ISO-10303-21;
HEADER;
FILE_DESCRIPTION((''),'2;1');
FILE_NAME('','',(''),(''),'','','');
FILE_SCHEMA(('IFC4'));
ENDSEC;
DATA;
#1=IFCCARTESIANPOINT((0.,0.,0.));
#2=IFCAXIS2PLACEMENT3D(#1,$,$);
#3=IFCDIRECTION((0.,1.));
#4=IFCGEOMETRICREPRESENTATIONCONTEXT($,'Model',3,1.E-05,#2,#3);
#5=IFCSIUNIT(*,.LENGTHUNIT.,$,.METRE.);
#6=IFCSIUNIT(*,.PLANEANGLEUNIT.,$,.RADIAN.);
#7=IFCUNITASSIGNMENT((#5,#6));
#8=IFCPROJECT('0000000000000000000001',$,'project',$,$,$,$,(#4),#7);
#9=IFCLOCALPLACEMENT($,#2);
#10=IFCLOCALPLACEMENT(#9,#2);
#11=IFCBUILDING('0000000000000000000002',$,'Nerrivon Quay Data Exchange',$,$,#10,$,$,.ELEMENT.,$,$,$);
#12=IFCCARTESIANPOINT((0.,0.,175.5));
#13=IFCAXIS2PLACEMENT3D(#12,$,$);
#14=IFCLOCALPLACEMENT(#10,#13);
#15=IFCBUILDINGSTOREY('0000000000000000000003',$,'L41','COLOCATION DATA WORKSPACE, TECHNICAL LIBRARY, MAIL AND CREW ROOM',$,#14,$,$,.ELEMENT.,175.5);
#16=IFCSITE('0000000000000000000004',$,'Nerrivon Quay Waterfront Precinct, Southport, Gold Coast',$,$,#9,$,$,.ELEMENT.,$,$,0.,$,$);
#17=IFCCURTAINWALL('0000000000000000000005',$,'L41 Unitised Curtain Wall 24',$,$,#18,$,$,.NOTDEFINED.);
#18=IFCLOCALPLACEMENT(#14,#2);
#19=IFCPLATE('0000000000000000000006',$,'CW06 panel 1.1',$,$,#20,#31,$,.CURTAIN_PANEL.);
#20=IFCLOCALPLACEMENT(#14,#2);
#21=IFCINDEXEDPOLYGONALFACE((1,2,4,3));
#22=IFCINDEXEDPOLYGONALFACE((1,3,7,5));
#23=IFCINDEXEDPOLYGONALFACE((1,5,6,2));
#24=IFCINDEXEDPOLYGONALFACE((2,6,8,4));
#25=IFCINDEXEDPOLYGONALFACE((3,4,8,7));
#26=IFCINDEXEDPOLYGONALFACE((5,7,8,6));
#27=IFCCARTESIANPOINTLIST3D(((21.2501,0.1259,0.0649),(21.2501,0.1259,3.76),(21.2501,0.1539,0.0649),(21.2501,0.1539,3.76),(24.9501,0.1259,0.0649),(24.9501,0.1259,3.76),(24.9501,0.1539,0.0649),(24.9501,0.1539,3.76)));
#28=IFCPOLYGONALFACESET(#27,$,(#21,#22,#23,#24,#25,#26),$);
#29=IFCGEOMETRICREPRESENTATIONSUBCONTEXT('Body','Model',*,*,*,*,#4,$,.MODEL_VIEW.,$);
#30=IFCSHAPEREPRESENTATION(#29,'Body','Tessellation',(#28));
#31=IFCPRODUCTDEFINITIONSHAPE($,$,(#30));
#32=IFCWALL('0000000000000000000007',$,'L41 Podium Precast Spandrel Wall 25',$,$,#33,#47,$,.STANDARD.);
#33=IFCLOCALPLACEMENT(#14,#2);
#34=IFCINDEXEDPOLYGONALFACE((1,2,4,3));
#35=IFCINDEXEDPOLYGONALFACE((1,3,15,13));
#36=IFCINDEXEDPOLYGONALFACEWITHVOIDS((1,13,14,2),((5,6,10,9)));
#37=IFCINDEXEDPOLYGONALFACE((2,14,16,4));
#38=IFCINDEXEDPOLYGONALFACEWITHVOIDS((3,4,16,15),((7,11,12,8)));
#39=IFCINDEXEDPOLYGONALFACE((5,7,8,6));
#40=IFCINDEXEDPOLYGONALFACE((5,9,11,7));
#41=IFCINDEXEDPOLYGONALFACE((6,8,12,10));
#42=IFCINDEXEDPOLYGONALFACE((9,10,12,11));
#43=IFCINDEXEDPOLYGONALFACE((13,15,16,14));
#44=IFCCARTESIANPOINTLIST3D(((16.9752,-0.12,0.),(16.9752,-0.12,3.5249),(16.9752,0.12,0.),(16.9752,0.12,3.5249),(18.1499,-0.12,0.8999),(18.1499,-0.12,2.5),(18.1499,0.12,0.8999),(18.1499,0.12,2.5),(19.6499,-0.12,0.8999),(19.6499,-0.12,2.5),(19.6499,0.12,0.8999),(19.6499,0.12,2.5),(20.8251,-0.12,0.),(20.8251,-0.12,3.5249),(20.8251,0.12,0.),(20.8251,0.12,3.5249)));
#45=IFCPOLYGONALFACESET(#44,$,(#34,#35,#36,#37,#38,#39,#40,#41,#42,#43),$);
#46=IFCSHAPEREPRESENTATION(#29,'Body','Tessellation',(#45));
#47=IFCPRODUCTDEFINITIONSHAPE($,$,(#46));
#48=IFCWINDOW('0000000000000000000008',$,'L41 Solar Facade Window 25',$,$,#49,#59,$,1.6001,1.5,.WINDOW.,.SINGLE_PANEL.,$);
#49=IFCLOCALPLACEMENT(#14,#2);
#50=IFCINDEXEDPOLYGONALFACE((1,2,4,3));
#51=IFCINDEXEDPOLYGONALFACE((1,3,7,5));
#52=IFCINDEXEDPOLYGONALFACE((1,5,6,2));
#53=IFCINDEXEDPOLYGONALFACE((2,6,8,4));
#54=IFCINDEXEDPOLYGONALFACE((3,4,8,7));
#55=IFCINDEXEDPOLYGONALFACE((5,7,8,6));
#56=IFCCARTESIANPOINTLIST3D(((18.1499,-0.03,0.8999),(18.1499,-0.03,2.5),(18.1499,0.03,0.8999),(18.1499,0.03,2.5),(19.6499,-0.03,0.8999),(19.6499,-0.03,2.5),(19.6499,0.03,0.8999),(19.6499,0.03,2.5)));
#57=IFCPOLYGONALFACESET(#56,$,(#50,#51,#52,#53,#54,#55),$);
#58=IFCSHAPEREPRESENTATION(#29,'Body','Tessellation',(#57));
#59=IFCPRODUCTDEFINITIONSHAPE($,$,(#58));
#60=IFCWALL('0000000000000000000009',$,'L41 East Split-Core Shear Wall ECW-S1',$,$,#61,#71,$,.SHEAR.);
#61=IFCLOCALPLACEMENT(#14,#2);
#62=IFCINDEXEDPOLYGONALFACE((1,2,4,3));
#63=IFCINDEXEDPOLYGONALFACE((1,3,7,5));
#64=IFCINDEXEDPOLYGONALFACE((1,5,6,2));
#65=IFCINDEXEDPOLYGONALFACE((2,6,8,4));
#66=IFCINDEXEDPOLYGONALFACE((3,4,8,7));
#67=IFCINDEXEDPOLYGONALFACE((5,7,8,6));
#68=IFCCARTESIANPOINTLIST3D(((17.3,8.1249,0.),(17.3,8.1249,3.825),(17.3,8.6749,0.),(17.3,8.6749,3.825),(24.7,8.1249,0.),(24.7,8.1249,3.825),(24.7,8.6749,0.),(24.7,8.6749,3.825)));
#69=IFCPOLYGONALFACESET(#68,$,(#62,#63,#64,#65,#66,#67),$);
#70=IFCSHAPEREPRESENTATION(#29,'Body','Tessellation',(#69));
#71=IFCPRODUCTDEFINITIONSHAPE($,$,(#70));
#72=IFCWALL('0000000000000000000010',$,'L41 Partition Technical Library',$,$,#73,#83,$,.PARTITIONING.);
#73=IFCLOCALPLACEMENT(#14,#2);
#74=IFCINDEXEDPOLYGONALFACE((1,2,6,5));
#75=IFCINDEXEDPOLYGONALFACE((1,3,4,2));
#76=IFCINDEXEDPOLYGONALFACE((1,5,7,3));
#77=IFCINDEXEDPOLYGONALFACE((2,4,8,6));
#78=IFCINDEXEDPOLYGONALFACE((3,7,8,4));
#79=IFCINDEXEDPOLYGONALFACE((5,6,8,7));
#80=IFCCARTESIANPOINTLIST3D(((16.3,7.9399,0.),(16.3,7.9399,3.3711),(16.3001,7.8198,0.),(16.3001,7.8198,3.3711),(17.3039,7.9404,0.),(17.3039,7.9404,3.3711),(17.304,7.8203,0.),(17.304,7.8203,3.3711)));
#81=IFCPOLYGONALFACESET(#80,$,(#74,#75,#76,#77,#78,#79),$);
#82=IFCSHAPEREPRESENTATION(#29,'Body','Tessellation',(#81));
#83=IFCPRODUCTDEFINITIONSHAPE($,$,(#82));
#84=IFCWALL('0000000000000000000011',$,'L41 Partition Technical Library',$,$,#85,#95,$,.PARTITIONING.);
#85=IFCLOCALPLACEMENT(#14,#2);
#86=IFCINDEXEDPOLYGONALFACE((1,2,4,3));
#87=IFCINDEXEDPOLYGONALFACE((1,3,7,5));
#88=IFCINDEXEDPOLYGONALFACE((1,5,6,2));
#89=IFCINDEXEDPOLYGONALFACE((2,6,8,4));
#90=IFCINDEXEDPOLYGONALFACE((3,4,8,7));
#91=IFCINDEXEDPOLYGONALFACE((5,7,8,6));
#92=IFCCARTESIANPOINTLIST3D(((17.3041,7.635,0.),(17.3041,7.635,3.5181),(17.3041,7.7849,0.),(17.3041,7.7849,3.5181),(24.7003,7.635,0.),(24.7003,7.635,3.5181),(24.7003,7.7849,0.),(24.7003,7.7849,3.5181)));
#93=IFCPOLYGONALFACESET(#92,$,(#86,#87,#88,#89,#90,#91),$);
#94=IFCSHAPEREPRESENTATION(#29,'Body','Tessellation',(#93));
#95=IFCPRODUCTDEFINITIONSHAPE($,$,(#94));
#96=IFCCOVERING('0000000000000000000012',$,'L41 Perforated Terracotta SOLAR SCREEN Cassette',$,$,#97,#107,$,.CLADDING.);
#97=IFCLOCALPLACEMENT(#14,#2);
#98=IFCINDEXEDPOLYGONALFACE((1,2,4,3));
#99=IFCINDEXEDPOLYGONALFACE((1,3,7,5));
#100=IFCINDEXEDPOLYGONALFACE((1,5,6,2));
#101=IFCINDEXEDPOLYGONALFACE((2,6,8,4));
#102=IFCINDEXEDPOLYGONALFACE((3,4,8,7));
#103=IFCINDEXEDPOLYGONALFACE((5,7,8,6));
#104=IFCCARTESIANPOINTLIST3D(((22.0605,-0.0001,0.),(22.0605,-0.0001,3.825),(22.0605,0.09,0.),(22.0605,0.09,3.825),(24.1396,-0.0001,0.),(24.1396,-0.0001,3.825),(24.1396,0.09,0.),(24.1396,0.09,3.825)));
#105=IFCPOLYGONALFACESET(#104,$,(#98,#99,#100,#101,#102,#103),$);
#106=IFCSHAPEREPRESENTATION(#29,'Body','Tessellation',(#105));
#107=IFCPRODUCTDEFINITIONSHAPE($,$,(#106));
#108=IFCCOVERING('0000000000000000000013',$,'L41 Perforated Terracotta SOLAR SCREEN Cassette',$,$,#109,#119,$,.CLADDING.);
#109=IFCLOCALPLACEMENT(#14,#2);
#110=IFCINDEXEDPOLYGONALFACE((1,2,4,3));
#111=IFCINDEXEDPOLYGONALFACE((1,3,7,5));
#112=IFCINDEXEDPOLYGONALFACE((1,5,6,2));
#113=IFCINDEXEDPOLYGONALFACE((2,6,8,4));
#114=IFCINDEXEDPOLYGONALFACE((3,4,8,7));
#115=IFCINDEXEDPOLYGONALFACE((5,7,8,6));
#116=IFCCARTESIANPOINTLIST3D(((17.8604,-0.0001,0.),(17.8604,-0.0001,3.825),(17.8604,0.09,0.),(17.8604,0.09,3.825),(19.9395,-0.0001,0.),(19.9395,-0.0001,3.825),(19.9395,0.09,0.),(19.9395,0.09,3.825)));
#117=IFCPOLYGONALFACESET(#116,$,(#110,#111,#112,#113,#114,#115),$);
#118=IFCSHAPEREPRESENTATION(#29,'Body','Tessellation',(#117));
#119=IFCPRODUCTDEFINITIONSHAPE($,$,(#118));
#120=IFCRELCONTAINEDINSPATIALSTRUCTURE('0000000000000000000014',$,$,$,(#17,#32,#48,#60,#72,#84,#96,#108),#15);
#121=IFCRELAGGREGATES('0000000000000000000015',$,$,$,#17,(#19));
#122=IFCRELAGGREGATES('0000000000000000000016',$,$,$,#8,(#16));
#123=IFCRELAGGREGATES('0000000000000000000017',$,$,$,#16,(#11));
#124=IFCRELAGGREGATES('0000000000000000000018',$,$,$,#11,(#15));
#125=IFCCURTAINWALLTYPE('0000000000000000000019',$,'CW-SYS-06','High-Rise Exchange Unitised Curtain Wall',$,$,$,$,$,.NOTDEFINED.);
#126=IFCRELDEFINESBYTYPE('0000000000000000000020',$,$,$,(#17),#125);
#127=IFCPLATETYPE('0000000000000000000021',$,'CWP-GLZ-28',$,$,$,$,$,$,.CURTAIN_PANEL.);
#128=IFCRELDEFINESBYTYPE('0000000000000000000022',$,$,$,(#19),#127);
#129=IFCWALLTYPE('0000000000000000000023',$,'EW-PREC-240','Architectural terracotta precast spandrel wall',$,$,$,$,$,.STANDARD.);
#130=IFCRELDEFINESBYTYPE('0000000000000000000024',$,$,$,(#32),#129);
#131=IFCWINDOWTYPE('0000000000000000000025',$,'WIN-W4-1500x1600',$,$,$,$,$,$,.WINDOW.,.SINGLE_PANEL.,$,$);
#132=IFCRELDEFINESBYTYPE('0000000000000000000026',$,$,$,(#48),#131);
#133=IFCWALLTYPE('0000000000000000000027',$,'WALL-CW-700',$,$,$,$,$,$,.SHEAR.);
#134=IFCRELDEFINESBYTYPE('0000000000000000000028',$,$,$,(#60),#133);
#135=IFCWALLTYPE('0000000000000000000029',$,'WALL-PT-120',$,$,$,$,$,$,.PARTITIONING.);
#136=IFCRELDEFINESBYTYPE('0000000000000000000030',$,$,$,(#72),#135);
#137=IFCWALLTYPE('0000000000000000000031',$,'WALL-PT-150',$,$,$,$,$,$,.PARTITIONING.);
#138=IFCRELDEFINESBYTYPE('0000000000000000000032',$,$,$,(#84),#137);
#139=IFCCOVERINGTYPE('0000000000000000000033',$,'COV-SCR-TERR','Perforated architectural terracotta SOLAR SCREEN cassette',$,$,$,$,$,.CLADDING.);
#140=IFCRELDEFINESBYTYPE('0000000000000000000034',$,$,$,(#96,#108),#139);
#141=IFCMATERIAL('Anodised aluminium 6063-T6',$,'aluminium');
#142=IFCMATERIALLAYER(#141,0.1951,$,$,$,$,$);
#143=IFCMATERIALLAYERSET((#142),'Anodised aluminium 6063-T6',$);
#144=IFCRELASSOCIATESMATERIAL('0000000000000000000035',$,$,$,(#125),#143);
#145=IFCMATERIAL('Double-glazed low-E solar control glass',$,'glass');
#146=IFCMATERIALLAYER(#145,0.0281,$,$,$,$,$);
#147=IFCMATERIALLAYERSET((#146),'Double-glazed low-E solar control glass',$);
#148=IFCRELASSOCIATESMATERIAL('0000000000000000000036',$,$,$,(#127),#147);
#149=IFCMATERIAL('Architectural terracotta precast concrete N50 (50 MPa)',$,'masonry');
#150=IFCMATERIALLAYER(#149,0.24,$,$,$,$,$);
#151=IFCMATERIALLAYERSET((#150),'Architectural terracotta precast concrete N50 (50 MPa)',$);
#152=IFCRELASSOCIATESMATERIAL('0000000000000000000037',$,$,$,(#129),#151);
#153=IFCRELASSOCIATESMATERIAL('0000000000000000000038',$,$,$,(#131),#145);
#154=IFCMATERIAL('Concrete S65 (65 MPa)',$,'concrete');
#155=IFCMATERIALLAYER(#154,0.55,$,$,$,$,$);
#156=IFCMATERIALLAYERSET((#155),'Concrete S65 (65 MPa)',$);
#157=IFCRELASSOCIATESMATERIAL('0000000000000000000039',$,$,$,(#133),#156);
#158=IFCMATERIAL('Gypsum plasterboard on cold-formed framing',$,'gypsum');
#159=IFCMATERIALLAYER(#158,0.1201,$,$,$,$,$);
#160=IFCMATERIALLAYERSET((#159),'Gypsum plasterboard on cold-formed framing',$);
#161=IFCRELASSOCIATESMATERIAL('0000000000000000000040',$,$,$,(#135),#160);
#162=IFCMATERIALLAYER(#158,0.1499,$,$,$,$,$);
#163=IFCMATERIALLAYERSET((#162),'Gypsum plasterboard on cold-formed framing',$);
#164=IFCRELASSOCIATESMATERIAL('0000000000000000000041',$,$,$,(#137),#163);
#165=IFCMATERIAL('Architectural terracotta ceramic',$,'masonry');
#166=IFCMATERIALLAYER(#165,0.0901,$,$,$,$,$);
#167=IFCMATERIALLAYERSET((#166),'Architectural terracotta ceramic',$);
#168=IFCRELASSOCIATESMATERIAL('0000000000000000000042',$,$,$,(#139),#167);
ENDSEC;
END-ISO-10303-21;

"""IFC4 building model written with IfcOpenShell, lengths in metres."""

from ifc_helpers import new_model, si_unit, direction, frame, frame_2d, origin, origin_2d, place, context, subcontext, project, spatial, rectangle, extrude, material, layer, layer_set, type_object, element, fill, aggregate, save


model = new_model("IFC4")

# Units and contexts
model_context = context("Model", 3, precision=1e-05, world=origin(), true_north=direction((0.0, 1.0)))
body_context = subcontext(model_context, "Body", "Model", "MODEL_VIEW")
ifc_project = project(units=[si_unit("LENGTHUNIT", "METRE"), si_unit("PLANEANGLEUNIT", "RADIAN")], contexts=[model_context])

# Site, building, storey
site_placement = place(None, origin())
site = spatial("IfcSite", under=ifc_project, at=site_placement, Name="Nerrivon Quay Waterfront Precinct, Southport, Gold Coast", CompositionType="ELEMENT", RefElevation=0.0)
building_placement = place(site_placement, origin())
building = spatial("IfcBuilding", under=site, at=building_placement, Name="Nerrivon Quay Data Exchange", CompositionType="ELEMENT")
storey_placement = place(building_placement, frame((0.0, 0.0, 175.5)))
storey = spatial("IfcBuildingStorey", under=building, at=storey_placement, Name="L41", Description="COLOCATION DATA WORKSPACE, TECHNICAL LIBRARY, MAIL AND CREW ROOM", CompositionType="ELEMENT", Elevation=175.5)

# Shared definitions
ifc_material_1 = material(Name="Concrete S65 (65 MPa)", Category="concrete")

# Curtain wall
ifc_material_2 = material(Name="Anodised aluminium 6063-T6", Category="aluminium")
ifc_layer_1 = layer(ifc_material_2, 0.1951)
ifc_layer_set_1 = layer_set([ifc_layer_1], Name="Anodised aluminium 6063-T6")
curtain_wall_type = type_object("IfcCurtainWallType", Name="CW-SYS-06", Description="High-Rise Exchange Unitised Curtain Wall", PredefinedType="NOTDEFINED", material=ifc_layer_set_1)
curtain_wall_1_placement = place(storey_placement, origin())
curtain_wall_1 = element("IfcCurtainWall", 1, at=curtain_wall_1_placement, inside=storey, type_object=curtain_wall_type, Name="L41 Unitised Curtain Wall 24", PredefinedType="NOTDEFINED")

# Plate
ifc_material_3 = material(Name="Double-glazed low-E solar control glass", Category="glass")
ifc_layer_2 = layer(ifc_material_3, 0.0281)
ifc_layer_set_2 = layer_set([ifc_layer_2], Name="Double-glazed low-E solar control glass")
plate_type = type_object("IfcPlateType", Name="CWP-GLZ-28", PredefinedType="CURTAIN_PANEL", material=ifc_layer_set_2)
plate_placement = place(storey_placement, frame((23.1001, 0.1399, 0.0649), z_axis=(0.0, 0.0, 1.0), x_axis=(-1.0, 0.0, 0.0)))
plate = element("IfcPlate", 2, at=plate_placement, type_object=plate_type, Name="CW06 panel 1.1", PredefinedType="CURTAIN_PANEL", context=body_context, shape_type="SweptSolid", body=[
    extrude(rectangle(XDim=3.7, YDim=0.0281, at=origin_2d()), origin(), (0.0, 0.0, 1.0), 3.6951),
])
aggregate(curtain_wall_1, [plate])

# Wall, opening, window
ifc_material_4 = material(Name="Architectural terracotta precast concrete N50 (50 MPa)", Category="masonry")
ifc_layer_3 = layer(ifc_material_4, 0.24)
ifc_layer_set_3 = layer_set([ifc_layer_3], Name="Architectural terracotta precast concrete N50 (50 MPa)")
wall_type_1 = type_object("IfcWallType", Name="EW-PREC-240", Description="Architectural terracotta precast spandrel wall", PredefinedType="STANDARD", material=ifc_layer_set_3)
wall_1_placement = place(storey_placement, frame((20.825, 0.0, 0.0), z_axis=(0.0, 0.0, 1.0), x_axis=(-1.0, 0.0, 0.0)))
wall_1 = element("IfcWall", 3, at=wall_1_placement, inside=storey, type_object=wall_type_1, Name="L41 Podium Precast Spandrel Wall 25", PredefinedType="STANDARD", context=body_context, shape_type="SweptSolid", body=[
    extrude(rectangle(XDim=3.8499, YDim=0.24, at=frame_2d((1.9248, 0.0))), origin(), (0.0, 0.0, 1.0), 3.5249),
])
opening_placement = place(wall_1_placement, frame((1.175, 0.0, 0.8999)))
opening = element("IfcOpeningElement", 4, at=opening_placement, cuts=wall_1, PredefinedType="OPENING", context=body_context, shape_type="SweptSolid", body=[
    extrude(rectangle(XDim=1.5, YDim=1.6001, at=frame_2d((0.75, 0.8))), frame((0.0, 0.1299, 0.0), z_axis=(0.0, -1.0, 0.0), x_axis=(1.0, 0.0, 0.0)), (0.0, 0.0, 1.0), 0.26),
])
window_type = type_object("IfcWindowType", Name="WIN-W4-1500x1600", PartitioningType="SINGLE_PANEL", PredefinedType="WINDOW", material=ifc_material_3)
window_placement = place(opening_placement, origin())
window = element("IfcWindow", 5, at=window_placement, inside=storey, type_object=window_type, Name="L41 Solar Facade Window 25", OverallHeight=1.6001, OverallWidth=1.5, PartitioningType="SINGLE_PANEL", PredefinedType="WINDOW", context=body_context, shape_type="SweptSolid", body=[
    extrude(rectangle(XDim=1.5, YDim=1.6001, at=frame_2d((0.75, 0.8))), frame((0.0, 0.03, 0.0), z_axis=(0.0, -1.0, 0.0), x_axis=(1.0, 0.0, 0.0)), (0.0, 0.0, 1.0), 0.0601),
])
fill(opening, window)

# Walls
ifc_layer_4 = layer(ifc_material_1, 0.55)
ifc_layer_set_4 = layer_set([ifc_layer_4], Name="Concrete S65 (65 MPa)")
wall_type_2 = type_object("IfcWallType", Name="WALL-CW-700", PredefinedType="SHEAR", material=ifc_layer_set_4)
wall_2_placement = place(storey_placement, frame((17.3, 8.3999, 0.0), z_axis=(0.0, 0.0, 1.0), x_axis=(1.0, 0.0, 0.0)))
element("IfcWall", 6, at=wall_2_placement, inside=storey, type_object=wall_type_2, Name="L41 East Split-Core Shear Wall ECW-S1", PredefinedType="SHEAR", context=body_context, shape_type="SweptSolid", body=[
    extrude(rectangle(XDim=7.3999, YDim=0.55, at=frame_2d((3.7, 0.0))), origin(), (0.0, 0.0, 1.0), 3.825),
])
ifc_material_5 = material(Name="Gypsum plasterboard on cold-formed framing", Category="gypsum")
ifc_layer_5 = layer(ifc_material_5, 0.1201)
ifc_layer_set_5 = layer_set([ifc_layer_5], Name="Gypsum plasterboard on cold-formed framing")
wall_type_3 = type_object("IfcWallType", Name="WALL-PT-120", PredefinedType="PARTITIONING", material=ifc_layer_set_5)
wall_3_placement = place(storey_placement, frame((17.304, 7.8804, 0.0), z_axis=(0.0, 0.0, 1.0), x_axis=(-1.0, -0.000486, 0.0)))
element("IfcWall", 7, at=wall_3_placement, inside=storey, type_object=wall_type_3, Name="L41 Partition Technical Library", PredefinedType="PARTITIONING", context=body_context, shape_type="SweptSolid", body=[
    extrude(rectangle(XDim=1.0039, YDim=0.1201, at=frame_2d((0.502, 0.0))), origin(), (0.0, 0.0, 1.0), 3.3711),
])
ifc_layer_6 = layer(ifc_material_5, 0.1499)
ifc_layer_set_6 = layer_set([ifc_layer_6], Name="Gypsum plasterboard on cold-formed framing")
wall_type_4 = type_object("IfcWallType", Name="WALL-PT-150", PredefinedType="PARTITIONING", material=ifc_layer_set_6)
wall_4_placement = place(storey_placement, frame((17.304, 7.71, 0.0), z_axis=(0.0, 0.0, 1.0), x_axis=(1.0, 0.0, 0.0)))
element("IfcWall", 8, at=wall_4_placement, inside=storey, type_object=wall_type_4, Name="L41 Partition Technical Library", PredefinedType="PARTITIONING", context=body_context, shape_type="SweptSolid", body=[
    extrude(rectangle(XDim=7.3962, YDim=0.1499, at=frame_2d((3.6982, 0.0))), origin(), (0.0, 0.0, 1.0), 3.5181),
])

# Coverings
ifc_material_6 = material(Name="Architectural terracotta ceramic", Category="masonry")
ifc_layer_7 = layer(ifc_material_6, 0.0901)
ifc_layer_set_7 = layer_set([ifc_layer_7], Name="Architectural terracotta ceramic")
covering_type = type_object("IfcCoveringType", Name="COV-SCR-TERR", Description="Perforated architectural terracotta SOLAR SCREEN cassette", PredefinedType="CLADDING", material=ifc_layer_set_7)
for number, where, z_axis, x_axis, name in (
    (9, (23.1001, 0.0449, 0.0), (0.0, 0.0, 1.0), (-1.0, 0.0, 0.0), "L41 Perforated Terracotta SOLAR SCREEN Cassette"),
    (10, (18.8999, 0.0449, 0.0), (0.0, 0.0, 1.0), (-1.0, 0.0, 0.0), "L41 Perforated Terracotta SOLAR SCREEN Cassette"),
):
    element("IfcCovering", number, at=place(storey_placement, frame(where, z_axis=z_axis, x_axis=x_axis)), inside=storey, type_object=covering_type, Name=name, PredefinedType="CLADDING", context=body_context, shape_type="SweptSolid", body=[
        extrude(rectangle(XDim=2.0791, YDim=0.0901, at=origin_2d()), origin(), (0.0, 0.0, 1.0), 3.825),
    ])

save(model, "model.ifc")
